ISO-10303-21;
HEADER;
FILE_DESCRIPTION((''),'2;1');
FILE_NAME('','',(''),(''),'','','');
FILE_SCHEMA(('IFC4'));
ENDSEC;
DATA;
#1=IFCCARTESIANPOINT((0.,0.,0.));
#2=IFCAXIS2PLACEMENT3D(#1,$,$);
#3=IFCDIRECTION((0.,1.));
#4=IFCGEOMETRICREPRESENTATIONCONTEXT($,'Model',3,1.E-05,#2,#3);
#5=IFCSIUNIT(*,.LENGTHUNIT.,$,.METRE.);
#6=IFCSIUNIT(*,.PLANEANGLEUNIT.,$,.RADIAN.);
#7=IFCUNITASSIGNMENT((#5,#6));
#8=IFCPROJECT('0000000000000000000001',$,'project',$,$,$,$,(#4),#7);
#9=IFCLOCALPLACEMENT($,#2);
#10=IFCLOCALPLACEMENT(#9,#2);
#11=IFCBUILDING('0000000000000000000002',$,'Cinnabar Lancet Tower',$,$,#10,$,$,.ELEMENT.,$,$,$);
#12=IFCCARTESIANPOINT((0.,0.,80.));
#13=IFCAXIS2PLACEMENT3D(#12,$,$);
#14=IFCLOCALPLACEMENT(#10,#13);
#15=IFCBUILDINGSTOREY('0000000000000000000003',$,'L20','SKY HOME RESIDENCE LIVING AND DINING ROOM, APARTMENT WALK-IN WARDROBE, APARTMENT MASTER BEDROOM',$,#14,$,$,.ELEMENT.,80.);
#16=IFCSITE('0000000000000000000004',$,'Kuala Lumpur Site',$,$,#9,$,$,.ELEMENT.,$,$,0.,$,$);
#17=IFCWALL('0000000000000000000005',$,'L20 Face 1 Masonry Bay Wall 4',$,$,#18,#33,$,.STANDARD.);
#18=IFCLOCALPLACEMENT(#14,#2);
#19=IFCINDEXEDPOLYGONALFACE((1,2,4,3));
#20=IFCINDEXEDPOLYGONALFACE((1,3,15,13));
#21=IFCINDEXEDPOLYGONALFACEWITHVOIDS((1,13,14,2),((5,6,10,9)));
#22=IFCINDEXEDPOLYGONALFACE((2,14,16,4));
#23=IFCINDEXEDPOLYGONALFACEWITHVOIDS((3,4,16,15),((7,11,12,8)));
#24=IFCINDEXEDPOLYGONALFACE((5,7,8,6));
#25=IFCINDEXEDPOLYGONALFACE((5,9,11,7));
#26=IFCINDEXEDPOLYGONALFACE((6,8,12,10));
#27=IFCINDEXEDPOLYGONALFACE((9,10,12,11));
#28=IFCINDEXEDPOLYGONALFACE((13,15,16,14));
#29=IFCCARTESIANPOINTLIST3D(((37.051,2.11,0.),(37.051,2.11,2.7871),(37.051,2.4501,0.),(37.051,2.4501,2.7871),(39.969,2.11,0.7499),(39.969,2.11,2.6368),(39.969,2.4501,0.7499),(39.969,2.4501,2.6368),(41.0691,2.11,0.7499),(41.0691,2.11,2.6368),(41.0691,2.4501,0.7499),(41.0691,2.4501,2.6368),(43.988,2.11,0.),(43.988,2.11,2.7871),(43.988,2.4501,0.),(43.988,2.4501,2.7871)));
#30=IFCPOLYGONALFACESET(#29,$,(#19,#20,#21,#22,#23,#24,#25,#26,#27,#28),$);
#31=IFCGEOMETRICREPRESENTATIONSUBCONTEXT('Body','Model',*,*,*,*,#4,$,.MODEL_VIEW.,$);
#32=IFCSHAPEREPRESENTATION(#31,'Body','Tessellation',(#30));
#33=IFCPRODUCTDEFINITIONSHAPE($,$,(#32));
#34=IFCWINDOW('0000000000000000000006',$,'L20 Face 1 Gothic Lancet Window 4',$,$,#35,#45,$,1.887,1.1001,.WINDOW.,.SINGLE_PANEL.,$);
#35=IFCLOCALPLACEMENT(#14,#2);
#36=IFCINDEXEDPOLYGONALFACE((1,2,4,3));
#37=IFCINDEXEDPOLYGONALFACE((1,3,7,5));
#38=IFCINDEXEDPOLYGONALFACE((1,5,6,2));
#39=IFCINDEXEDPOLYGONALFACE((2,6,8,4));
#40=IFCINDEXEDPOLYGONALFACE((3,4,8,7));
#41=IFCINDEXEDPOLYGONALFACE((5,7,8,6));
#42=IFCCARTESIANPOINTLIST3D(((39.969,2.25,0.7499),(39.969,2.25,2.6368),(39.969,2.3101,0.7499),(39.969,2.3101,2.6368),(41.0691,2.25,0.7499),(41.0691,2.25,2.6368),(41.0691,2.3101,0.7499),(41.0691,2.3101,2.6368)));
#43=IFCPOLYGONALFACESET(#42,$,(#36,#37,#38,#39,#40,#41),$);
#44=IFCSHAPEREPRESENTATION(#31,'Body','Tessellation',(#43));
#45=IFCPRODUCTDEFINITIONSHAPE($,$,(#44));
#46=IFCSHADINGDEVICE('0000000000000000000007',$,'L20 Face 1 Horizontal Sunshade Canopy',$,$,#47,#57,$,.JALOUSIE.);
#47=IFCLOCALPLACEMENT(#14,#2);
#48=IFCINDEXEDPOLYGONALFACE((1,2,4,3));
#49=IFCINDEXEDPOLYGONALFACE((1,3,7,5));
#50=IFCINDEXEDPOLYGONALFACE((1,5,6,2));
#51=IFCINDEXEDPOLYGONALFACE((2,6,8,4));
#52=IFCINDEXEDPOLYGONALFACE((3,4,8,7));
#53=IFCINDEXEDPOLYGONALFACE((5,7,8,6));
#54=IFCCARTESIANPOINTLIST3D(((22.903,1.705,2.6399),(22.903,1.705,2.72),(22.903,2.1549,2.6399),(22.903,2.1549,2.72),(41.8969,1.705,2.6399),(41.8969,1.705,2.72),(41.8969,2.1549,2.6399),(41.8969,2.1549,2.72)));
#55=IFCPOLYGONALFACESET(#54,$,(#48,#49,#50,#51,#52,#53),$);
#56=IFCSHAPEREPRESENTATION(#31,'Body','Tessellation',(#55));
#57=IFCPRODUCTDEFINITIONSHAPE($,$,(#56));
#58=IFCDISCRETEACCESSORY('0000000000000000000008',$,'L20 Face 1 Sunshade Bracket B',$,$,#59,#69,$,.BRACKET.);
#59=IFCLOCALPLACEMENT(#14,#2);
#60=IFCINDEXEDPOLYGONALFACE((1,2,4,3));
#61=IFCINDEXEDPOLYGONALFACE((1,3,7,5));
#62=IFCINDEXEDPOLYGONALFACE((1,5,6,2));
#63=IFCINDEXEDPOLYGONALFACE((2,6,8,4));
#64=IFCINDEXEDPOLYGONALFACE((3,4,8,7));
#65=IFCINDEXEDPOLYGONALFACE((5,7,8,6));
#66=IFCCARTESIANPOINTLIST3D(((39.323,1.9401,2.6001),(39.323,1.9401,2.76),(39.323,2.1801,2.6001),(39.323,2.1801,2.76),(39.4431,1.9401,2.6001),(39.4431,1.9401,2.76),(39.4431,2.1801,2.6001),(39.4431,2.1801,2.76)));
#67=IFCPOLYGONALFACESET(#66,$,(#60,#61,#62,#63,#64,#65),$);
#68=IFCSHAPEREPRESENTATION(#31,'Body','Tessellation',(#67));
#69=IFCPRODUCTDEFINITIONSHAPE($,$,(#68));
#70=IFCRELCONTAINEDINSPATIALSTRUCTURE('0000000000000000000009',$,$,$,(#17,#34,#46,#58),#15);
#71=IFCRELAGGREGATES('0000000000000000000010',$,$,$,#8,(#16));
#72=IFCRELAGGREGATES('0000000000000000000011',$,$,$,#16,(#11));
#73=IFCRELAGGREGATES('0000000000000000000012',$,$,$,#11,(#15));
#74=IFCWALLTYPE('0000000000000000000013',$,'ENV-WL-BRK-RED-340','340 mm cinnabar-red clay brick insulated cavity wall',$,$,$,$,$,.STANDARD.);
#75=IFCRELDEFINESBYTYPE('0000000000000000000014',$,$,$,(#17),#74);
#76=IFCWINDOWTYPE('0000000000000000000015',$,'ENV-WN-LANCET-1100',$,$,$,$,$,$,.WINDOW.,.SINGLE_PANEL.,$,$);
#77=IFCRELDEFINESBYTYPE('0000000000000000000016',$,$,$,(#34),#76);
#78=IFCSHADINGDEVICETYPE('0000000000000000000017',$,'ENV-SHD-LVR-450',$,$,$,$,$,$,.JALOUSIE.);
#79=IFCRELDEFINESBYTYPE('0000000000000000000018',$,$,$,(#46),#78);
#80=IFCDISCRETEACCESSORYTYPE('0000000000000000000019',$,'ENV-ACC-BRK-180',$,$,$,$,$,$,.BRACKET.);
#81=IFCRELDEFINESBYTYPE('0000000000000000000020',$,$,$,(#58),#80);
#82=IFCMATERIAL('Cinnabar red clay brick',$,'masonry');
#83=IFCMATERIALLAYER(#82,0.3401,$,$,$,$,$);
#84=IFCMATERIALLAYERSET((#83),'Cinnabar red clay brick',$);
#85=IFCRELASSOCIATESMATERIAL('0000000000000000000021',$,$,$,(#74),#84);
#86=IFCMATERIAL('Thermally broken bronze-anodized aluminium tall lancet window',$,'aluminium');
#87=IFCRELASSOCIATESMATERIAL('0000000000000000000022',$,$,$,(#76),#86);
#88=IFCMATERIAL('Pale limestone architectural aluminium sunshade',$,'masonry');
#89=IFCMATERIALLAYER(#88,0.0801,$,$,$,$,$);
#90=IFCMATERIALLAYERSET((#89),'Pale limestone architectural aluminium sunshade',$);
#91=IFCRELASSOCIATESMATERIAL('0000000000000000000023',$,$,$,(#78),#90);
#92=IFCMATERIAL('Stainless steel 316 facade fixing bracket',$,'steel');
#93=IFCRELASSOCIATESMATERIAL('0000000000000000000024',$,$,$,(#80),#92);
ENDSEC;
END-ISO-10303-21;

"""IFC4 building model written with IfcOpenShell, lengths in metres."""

from ifc_helpers import new_model, si_unit, direction, frame, frame_2d, origin, origin_2d, place, context, subcontext, project, spatial, rectangle, extrude, material, layer, layer_set, type_object, element, fill, save


model = new_model("IFC4")

# Units and contexts
model_context = context("Model", 3, precision=1e-05, world=origin(), true_north=direction((0.0, 1.0)))
body_context = subcontext(model_context, "Body", "Model", "MODEL_VIEW")
ifc_project = project(units=[si_unit("LENGTHUNIT", "METRE"), si_unit("PLANEANGLEUNIT", "RADIAN")], contexts=[model_context])

# Site, building, storey
site_placement = place(None, origin())
site = spatial("IfcSite", under=ifc_project, at=site_placement, Name="Kuala Lumpur Site", CompositionType="ELEMENT", RefElevation=0.0)
building_placement = place(site_placement, origin())
building = spatial("IfcBuilding", under=site, at=building_placement, Name="Cinnabar Lancet Tower", CompositionType="ELEMENT")
storey_placement = place(building_placement, frame((0.0, 0.0, 80.0)))
storey = spatial("IfcBuildingStorey", under=building, at=storey_placement, Name="L20", Description="SKY HOME RESIDENCE LIVING AND DINING ROOM, APARTMENT WALK-IN WARDROBE, APARTMENT MASTER BEDROOM", CompositionType="ELEMENT", Elevation=80.0)

# Wall, opening, window
ifc_material_1 = material(Name="Cinnabar red clay brick", Category="masonry")
ifc_layer_1 = layer(ifc_material_1, 0.3401)
ifc_layer_set_1 = layer_set([ifc_layer_1], Name="Cinnabar red clay brick")
wall_type_1 = type_object("IfcWallType", Name="ENV-WL-BRK-RED-340", Description="340 mm cinnabar-red clay brick insulated cavity wall", PredefinedType="STANDARD", material=ifc_layer_set_1)
wall_1_placement = place(storey_placement, frame((37.051, 2.28, 0.0), z_axis=(0.0, 0.0, 1.0), x_axis=(1.0, 0.0, 0.0)))
wall_1 = element("IfcWall", 1, at=wall_1_placement, inside=storey, type_object=wall_type_1, Name="L20 Face 1 Masonry Bay Wall 4", PredefinedType="STANDARD", context=body_context, shape_type="SweptSolid", body=[
    extrude(rectangle(XDim=6.937, YDim=0.3401, at=frame_2d((3.4685, 0.0))), origin(), (0.0, 0.0, 1.0), 2.7871),
])
opening_1_placement = place(wall_1_placement, frame((2.918, 0.0, 0.75)))
opening_1 = element("IfcOpeningElement", 2, at=opening_1_placement, cuts=wall_1, PredefinedType="OPENING", context=body_context, shape_type="SweptSolid", body=[
    extrude(rectangle(XDim=1.1001, YDim=1.887, at=frame_2d((0.55, 0.9434))), frame((0.0, 0.1799, 0.0), z_axis=(0.0, -1.0, 0.0), x_axis=(1.0, 0.0, 0.0)), (0.0, 0.0, 1.0), 0.3601),
])
ifc_material_2 = material(Name="Thermally broken bronze-anodized aluminium tall lancet window", Category="aluminium")
window_type = type_object("IfcWindowType", Name="ENV-WN-LANCET-1100", PartitioningType="SINGLE_PANEL", PredefinedType="WINDOW", material=ifc_material_2)
window_placement = place(opening_1_placement, origin())
window = element("IfcWindow", 3, at=window_placement, inside=storey, type_object=window_type, Name="L20 Face 1 Gothic Lancet Window 4", OverallHeight=1.887, OverallWidth=1.1001, PartitioningType="SINGLE_PANEL", PredefinedType="WINDOW", context=body_context, shape_type="SweptSolid", body=[
    extrude(rectangle(XDim=1.1001, YDim=1.887, at=frame_2d((0.55, 0.9434))), frame((0.0, 0.03, 0.0), z_axis=(0.0, -1.0, 0.0), x_axis=(1.0, 0.0, 0.0)), (0.0, 0.0, 1.0), 0.0601),
])
fill(opening_1, window)

# Shading device
ifc_material_3 = material(Name="Pale limestone architectural aluminium sunshade", Category="masonry")
ifc_layer_2 = layer(ifc_material_3, 0.0801)
ifc_layer_set_2 = layer_set([ifc_layer_2], Name="Pale limestone architectural aluminium sunshade")
shading_device_type = type_object("IfcShadingDeviceType", Name="ENV-SHD-LVR-450", PredefinedType="JALOUSIE", material=ifc_layer_set_2)
shading_device_placement = place(storey_placement, frame((32.3999, 1.9299, 2.6399), z_axis=(0.0, 0.0, 1.0), x_axis=(1.0, 0.0, 0.0)))
element("IfcShadingDevice", 4, at=shading_device_placement, inside=storey, type_object=shading_device_type, Name="L20 Face 1 Horizontal Sunshade Canopy", PredefinedType="JALOUSIE", context=body_context, shape_type="SweptSolid", body=[
    extrude(rectangle(XDim=18.9939, YDim=0.45, at=origin_2d()), origin(), (0.0, 0.0, 1.0), 0.0801),
])

# Discrete accessory
ifc_material_4 = material(Name="Stainless steel 316 facade fixing bracket", Category="steel")
discrete_accessory_type = type_object("IfcDiscreteAccessoryType", Name="ENV-ACC-BRK-180", PredefinedType="BRACKET", material=ifc_material_4)
discrete_accessory_placement = place(storey_placement, frame((39.3831, 2.0601, 2.6001), z_axis=(0.0, 0.0, 1.0), x_axis=(1.0, 0.0, 0.0)))
element("IfcDiscreteAccessory", 5, at=discrete_accessory_placement, inside=storey, type_object=discrete_accessory_type, Name="L20 Face 1 Sunshade Bracket B", PredefinedType="BRACKET", context=body_context, shape_type="SweptSolid", body=[
    extrude(rectangle(XDim=0.1201, YDim=0.24, at=origin_2d()), origin(), (0.0, 0.0, 1.0), 0.1599),
])

save(model, "model.ifc")
